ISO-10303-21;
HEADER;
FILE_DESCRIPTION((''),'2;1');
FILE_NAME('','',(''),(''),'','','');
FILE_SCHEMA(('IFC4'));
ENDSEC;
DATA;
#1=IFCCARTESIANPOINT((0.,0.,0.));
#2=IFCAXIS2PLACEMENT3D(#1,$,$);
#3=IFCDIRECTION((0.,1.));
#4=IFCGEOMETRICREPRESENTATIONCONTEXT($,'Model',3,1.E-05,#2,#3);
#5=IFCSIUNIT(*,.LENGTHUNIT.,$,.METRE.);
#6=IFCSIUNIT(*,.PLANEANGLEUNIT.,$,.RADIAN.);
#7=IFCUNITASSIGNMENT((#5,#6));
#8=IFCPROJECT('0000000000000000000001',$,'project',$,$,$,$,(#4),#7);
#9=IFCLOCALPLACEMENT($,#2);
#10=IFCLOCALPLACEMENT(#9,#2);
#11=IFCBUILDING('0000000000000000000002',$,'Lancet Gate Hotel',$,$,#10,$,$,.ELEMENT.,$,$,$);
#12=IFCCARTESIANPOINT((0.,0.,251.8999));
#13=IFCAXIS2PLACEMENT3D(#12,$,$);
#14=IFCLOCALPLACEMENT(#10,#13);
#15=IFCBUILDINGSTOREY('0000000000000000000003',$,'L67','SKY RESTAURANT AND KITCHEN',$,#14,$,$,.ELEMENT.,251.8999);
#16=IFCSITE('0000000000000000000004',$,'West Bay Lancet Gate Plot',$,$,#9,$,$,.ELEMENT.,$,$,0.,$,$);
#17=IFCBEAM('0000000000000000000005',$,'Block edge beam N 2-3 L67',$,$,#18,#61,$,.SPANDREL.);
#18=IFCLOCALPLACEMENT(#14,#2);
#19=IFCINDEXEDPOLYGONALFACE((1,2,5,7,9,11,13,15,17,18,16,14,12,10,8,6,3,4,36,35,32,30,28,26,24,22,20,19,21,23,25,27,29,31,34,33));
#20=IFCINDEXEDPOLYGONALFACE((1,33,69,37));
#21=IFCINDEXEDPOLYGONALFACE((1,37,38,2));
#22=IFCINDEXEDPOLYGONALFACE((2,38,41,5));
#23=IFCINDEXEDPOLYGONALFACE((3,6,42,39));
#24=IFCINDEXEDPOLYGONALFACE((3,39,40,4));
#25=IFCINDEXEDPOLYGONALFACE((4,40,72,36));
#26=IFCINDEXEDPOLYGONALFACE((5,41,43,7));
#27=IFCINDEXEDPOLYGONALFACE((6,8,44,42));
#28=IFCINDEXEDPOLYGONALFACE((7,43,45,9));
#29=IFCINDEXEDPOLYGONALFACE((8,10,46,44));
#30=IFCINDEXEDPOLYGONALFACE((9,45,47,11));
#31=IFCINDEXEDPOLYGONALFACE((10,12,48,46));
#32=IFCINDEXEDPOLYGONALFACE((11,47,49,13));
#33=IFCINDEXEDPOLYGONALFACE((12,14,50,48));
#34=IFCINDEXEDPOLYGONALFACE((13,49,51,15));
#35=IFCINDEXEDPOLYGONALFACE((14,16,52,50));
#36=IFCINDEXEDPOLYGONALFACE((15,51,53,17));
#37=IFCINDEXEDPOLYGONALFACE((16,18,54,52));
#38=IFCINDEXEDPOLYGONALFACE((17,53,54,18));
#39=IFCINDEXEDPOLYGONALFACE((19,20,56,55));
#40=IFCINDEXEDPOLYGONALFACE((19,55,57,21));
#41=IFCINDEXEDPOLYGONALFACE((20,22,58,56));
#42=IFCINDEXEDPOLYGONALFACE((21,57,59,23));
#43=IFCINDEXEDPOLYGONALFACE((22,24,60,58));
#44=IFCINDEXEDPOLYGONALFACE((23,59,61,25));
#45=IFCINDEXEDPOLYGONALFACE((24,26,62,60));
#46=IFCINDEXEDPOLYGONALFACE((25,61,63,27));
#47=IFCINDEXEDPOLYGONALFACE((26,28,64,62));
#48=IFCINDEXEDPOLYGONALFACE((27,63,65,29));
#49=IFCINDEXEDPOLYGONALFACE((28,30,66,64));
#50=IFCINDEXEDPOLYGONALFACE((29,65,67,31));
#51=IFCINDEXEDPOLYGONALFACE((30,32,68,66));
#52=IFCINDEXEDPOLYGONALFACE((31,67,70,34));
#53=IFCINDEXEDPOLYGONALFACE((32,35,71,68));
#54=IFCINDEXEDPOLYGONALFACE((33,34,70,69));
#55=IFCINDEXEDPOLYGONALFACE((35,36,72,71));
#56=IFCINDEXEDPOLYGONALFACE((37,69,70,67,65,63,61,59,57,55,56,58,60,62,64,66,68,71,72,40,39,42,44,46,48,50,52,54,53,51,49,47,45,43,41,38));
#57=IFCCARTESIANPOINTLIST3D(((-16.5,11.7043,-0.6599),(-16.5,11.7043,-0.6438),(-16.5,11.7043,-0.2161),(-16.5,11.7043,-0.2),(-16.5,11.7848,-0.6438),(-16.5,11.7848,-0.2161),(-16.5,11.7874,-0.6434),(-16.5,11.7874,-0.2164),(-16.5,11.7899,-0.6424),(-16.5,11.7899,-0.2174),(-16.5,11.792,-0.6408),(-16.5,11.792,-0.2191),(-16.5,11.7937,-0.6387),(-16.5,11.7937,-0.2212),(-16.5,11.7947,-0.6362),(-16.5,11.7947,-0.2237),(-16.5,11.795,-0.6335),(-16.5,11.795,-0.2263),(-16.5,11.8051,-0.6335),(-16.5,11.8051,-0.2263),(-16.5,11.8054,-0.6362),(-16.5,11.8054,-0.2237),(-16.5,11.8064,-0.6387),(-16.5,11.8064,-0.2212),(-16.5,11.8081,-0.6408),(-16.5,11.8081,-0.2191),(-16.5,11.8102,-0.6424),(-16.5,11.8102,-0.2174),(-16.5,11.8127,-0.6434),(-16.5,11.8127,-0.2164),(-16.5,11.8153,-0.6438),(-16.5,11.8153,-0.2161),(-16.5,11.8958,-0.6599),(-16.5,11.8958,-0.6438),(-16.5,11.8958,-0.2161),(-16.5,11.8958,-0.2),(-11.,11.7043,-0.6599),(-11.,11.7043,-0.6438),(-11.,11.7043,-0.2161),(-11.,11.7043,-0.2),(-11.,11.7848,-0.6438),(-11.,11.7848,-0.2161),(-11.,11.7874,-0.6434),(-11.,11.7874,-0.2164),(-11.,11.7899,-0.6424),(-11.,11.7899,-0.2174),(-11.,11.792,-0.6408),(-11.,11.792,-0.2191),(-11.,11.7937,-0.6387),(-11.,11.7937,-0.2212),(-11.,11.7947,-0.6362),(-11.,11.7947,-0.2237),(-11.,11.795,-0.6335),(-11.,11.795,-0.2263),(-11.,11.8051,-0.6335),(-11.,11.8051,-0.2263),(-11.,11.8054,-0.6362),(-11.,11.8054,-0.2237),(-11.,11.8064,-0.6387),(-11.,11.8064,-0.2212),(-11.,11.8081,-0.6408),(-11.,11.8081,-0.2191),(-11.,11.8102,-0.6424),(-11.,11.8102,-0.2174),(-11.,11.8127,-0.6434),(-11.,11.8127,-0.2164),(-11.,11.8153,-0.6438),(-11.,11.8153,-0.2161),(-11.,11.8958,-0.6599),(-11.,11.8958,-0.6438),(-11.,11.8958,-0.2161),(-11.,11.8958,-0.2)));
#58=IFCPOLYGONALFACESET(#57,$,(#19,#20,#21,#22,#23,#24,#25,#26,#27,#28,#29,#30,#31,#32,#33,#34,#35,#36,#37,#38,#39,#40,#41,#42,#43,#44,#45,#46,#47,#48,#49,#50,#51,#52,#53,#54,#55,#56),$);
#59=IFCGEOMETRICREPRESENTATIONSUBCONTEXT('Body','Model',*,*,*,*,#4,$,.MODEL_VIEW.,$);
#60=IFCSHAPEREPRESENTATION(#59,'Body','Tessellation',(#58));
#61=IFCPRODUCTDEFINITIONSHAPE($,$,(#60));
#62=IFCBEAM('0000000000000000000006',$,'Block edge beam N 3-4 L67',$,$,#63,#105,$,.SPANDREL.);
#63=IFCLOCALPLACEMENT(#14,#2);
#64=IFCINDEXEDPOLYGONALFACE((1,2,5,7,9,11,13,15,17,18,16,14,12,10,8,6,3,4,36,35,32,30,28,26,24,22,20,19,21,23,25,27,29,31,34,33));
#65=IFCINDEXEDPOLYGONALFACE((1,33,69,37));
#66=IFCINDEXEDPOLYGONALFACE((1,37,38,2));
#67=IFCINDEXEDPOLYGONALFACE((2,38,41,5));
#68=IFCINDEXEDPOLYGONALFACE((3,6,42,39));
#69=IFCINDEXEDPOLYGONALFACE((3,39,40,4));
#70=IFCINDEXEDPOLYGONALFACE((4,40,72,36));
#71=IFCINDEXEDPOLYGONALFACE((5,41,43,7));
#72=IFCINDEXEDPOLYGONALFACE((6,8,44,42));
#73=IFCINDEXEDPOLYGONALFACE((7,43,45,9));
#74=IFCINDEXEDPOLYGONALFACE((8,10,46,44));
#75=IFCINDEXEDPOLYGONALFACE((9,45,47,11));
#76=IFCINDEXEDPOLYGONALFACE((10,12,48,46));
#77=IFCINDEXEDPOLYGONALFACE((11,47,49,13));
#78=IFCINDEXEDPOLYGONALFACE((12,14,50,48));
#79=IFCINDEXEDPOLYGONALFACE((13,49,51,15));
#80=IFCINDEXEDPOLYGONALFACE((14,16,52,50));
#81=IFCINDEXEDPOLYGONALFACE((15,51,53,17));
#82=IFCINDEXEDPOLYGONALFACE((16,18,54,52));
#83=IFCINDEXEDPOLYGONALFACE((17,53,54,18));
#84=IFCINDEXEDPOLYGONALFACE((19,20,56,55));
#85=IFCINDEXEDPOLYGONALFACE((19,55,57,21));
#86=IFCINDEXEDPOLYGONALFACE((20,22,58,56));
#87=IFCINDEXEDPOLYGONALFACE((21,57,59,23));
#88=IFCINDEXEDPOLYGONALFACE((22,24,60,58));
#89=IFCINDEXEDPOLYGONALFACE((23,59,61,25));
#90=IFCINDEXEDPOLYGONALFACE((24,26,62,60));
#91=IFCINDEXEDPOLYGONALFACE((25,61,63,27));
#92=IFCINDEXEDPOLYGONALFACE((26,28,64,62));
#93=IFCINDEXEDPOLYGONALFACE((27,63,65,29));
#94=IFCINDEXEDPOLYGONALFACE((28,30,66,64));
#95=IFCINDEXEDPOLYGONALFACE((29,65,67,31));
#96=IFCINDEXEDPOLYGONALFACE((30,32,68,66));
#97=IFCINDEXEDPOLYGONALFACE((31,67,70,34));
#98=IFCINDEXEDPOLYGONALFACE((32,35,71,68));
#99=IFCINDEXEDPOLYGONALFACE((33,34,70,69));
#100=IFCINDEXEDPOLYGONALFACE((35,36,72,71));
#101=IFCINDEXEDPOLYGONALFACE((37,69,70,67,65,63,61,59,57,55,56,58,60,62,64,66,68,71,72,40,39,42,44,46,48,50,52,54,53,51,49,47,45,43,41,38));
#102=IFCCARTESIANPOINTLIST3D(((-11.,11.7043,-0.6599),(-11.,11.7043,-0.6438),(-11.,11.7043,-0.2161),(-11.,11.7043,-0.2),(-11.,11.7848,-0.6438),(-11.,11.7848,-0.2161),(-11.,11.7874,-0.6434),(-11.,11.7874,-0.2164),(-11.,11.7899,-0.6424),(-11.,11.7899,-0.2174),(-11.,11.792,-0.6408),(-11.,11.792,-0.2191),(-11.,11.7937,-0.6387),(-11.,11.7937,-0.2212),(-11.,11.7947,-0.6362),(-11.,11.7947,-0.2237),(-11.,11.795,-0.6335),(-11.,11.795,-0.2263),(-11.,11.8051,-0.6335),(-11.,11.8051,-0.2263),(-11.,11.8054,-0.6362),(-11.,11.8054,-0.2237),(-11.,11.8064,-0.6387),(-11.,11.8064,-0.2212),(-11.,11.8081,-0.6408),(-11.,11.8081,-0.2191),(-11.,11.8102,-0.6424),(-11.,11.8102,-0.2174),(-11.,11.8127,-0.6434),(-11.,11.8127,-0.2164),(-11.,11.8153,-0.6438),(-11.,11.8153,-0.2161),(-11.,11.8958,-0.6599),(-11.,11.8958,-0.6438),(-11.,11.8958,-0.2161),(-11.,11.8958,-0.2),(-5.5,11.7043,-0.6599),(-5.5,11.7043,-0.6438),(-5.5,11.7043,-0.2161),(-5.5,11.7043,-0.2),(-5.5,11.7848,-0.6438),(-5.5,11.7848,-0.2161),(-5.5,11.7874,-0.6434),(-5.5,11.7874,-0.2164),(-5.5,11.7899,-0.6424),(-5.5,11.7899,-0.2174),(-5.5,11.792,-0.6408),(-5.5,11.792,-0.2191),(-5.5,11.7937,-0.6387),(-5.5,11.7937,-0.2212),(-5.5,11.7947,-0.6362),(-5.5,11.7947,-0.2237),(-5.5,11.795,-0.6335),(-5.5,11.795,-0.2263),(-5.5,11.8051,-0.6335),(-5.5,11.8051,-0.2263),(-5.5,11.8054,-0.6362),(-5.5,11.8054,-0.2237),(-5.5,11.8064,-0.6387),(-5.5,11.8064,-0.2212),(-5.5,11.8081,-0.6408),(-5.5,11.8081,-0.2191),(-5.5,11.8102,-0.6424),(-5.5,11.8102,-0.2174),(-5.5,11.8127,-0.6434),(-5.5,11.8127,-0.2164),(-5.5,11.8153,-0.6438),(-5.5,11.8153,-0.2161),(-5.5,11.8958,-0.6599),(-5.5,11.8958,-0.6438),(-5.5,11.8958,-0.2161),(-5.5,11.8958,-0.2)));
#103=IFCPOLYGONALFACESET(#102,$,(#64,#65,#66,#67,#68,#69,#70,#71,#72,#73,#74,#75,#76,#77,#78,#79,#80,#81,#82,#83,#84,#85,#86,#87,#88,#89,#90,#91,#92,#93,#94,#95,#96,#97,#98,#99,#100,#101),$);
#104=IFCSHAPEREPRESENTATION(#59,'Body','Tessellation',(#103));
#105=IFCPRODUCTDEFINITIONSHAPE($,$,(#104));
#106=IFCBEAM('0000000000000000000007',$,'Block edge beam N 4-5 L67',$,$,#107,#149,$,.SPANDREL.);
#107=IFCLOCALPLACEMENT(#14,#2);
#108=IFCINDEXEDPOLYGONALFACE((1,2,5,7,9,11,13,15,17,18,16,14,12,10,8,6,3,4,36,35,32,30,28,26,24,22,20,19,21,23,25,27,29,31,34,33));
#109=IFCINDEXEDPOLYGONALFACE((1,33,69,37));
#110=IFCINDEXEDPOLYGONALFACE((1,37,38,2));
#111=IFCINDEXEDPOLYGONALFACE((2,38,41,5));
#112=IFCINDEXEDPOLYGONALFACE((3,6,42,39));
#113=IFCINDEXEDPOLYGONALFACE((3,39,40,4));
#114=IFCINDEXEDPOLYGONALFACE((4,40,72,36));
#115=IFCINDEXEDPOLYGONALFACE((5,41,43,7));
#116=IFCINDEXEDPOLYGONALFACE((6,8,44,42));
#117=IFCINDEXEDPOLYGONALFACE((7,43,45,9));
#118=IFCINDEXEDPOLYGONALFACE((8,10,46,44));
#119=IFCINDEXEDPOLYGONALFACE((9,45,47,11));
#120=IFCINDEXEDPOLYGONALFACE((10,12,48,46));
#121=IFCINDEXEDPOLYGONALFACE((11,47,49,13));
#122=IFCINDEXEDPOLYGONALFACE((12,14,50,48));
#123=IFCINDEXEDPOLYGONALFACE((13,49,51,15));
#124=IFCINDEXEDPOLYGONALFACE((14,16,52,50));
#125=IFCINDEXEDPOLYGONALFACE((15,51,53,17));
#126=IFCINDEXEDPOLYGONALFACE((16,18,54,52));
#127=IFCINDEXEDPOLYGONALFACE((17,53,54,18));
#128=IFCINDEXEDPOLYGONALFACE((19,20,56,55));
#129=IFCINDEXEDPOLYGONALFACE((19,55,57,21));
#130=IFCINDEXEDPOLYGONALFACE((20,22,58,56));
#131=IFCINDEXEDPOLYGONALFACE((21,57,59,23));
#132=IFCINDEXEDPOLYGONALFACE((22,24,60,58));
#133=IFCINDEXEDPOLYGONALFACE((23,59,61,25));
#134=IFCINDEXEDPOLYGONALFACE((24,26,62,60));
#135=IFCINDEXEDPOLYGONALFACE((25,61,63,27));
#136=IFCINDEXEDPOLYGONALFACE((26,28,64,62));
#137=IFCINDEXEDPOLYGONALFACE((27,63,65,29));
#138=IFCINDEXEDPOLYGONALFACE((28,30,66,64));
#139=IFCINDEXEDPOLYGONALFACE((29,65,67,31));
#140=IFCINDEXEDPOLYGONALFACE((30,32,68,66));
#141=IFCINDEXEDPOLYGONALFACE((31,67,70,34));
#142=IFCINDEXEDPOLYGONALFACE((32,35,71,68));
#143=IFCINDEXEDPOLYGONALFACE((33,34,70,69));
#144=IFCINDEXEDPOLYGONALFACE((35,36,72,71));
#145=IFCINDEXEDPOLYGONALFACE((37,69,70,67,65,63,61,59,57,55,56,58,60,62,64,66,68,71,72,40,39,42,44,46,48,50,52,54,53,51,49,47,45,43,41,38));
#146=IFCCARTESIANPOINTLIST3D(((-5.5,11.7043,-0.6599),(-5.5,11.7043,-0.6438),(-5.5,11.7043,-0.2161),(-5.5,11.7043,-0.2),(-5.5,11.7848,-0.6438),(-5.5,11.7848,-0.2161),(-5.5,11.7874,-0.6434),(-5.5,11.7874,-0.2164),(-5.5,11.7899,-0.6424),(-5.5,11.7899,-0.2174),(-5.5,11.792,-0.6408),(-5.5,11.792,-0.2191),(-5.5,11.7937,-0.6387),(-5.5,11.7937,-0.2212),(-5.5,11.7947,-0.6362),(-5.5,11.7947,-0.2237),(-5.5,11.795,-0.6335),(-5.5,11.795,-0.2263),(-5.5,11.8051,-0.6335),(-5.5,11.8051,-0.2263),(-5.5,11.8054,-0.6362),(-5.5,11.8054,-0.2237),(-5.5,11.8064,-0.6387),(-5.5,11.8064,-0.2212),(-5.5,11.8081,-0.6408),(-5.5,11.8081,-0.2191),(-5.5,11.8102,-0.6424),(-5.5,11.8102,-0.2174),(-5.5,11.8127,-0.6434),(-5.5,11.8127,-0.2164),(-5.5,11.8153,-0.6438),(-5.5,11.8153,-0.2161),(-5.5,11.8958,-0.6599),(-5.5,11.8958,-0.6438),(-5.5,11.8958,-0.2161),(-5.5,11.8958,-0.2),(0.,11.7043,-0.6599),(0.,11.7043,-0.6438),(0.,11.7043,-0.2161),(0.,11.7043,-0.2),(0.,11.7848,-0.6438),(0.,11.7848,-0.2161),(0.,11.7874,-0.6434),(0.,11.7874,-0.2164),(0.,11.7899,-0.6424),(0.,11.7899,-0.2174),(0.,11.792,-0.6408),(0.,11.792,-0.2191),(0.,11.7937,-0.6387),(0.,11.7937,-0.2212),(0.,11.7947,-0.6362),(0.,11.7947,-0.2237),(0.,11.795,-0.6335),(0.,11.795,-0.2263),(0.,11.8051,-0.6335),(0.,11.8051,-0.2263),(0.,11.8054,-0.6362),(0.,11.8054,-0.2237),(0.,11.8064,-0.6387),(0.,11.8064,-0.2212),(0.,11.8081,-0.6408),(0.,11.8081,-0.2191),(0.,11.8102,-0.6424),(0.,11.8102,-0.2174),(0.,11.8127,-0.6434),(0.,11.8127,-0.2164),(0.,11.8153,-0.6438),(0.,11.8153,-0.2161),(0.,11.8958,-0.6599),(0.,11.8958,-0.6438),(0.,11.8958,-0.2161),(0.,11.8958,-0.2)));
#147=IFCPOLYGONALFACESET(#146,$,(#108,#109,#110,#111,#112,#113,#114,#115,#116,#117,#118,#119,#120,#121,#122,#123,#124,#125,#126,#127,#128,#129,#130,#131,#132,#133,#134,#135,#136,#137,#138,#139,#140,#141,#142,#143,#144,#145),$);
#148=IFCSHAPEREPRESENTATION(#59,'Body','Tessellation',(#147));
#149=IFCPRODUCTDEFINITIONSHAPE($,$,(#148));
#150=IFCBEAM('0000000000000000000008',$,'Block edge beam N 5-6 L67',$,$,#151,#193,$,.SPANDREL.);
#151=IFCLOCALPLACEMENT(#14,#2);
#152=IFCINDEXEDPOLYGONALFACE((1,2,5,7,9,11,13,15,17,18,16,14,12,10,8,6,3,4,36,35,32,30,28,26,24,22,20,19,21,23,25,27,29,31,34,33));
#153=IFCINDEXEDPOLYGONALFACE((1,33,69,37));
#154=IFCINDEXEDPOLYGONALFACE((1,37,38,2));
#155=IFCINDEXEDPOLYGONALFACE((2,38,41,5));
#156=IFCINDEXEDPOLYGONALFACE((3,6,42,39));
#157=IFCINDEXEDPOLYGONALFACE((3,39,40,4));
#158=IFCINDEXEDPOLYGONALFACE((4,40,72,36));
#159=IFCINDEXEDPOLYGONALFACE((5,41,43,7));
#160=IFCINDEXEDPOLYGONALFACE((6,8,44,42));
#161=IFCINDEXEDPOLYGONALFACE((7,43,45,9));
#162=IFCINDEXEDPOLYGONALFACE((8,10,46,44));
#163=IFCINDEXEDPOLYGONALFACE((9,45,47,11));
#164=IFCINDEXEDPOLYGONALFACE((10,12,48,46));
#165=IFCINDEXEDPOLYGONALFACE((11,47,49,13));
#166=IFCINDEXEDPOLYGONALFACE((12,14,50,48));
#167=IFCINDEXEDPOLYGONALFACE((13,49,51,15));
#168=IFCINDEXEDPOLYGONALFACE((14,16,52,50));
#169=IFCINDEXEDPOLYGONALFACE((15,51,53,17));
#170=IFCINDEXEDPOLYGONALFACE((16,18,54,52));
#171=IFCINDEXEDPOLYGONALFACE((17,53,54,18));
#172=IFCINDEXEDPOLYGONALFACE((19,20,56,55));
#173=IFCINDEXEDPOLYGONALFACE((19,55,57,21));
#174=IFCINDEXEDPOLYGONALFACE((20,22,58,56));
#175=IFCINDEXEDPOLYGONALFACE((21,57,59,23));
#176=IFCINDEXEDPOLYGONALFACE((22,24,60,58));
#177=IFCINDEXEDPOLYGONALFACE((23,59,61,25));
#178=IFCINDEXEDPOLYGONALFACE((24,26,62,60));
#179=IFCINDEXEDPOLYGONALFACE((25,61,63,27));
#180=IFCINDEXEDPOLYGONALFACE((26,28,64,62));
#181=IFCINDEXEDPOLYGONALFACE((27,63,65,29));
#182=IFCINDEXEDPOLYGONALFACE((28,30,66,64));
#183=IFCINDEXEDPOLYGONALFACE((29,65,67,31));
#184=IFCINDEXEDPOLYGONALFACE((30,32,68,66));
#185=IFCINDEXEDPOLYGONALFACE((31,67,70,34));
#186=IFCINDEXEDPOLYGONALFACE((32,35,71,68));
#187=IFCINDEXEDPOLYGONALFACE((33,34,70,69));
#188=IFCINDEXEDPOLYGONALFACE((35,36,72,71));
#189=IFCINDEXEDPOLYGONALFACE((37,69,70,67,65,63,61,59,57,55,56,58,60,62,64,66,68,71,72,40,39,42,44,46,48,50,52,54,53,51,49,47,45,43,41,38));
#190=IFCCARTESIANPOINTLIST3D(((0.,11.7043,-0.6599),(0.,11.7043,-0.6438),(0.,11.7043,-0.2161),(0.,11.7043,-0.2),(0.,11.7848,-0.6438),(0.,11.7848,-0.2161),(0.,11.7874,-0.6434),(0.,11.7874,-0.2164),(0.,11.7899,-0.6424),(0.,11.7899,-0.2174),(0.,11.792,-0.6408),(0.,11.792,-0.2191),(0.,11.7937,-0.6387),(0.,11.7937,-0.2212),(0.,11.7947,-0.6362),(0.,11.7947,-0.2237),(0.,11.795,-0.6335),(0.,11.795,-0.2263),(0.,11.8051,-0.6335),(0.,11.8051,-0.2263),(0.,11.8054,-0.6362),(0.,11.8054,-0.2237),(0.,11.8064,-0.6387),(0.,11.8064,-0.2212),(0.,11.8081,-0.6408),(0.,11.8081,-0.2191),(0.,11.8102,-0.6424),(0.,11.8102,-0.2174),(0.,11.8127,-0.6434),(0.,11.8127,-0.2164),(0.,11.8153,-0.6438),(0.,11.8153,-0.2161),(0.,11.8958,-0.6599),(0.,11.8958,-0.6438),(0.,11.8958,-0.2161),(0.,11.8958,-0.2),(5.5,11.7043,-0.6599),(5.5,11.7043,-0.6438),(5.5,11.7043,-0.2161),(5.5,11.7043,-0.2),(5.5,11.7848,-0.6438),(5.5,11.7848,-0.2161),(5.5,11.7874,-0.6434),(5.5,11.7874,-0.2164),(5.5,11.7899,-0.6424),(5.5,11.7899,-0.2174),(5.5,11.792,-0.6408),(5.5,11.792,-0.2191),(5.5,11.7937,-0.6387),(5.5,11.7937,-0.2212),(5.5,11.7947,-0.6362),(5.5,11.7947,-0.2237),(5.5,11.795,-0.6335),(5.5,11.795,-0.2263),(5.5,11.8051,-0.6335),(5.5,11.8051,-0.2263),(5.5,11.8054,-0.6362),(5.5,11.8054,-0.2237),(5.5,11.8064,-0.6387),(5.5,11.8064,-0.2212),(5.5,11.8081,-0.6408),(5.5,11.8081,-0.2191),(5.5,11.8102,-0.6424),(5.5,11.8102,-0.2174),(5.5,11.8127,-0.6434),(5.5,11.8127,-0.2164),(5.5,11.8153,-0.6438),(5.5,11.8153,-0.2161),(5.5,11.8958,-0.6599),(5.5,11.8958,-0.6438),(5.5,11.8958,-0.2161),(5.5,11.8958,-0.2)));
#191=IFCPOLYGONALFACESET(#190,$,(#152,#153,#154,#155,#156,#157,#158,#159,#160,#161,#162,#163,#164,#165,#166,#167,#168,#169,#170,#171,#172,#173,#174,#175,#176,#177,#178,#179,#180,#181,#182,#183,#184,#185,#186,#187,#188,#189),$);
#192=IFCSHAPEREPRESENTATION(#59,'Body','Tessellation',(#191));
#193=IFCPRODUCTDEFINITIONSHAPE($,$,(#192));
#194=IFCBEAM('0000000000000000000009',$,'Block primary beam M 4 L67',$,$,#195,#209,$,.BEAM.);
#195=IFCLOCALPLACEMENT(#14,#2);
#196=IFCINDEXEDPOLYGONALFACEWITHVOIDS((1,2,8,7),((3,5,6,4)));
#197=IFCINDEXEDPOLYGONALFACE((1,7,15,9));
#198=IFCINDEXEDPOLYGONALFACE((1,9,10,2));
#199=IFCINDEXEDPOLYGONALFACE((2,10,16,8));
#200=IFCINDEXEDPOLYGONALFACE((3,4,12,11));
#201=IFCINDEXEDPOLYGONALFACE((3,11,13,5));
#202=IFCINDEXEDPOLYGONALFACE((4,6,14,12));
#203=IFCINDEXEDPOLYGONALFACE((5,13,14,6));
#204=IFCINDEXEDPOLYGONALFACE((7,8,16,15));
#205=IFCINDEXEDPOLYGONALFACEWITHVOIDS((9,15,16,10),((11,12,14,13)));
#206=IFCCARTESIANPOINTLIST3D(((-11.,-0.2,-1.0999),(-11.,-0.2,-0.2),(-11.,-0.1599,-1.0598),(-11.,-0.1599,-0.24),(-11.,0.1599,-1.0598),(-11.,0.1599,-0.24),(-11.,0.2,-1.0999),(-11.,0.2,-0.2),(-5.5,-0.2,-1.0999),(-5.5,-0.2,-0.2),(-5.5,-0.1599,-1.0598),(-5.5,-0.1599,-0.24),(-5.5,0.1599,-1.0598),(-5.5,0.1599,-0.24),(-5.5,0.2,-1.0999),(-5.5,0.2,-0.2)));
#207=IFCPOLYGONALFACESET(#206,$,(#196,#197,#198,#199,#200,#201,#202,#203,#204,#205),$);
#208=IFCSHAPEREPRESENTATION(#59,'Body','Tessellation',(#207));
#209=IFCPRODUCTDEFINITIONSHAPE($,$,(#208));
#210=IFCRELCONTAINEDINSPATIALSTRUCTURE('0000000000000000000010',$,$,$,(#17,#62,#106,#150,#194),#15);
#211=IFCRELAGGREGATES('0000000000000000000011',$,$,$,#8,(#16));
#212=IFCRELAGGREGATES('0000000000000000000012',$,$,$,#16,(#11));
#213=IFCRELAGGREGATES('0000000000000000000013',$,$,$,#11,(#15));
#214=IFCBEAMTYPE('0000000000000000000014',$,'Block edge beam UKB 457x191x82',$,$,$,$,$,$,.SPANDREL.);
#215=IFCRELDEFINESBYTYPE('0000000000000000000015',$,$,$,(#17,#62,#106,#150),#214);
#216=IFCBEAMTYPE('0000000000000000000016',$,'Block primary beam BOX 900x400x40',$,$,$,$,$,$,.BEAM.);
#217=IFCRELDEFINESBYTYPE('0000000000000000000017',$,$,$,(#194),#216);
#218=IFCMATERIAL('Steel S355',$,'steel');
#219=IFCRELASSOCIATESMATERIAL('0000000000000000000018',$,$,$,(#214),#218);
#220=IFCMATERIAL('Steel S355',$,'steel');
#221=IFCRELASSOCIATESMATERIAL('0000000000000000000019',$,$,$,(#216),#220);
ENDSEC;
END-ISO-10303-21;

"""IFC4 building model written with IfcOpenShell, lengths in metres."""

from ifc_helpers import new_model, si_unit, direction, frame, origin, origin_2d, place, context, subcontext, project, spatial, hollow_rectangle, i_section, extrude, material, material_profile, profile_set, type_object, element, save


model = new_model("IFC4")

# Units and contexts
model_context = context("Model", 3, precision=1e-05, world=origin(), true_north=direction((0.0, 1.0)))
body_context = subcontext(model_context, "Body", "Model", "MODEL_VIEW")
ifc_project = project(units=[si_unit("LENGTHUNIT", "METRE"), si_unit("PLANEANGLEUNIT", "RADIAN")], contexts=[model_context])

# Site, building, storey
site_placement = place(None, origin())
site = spatial("IfcSite", under=ifc_project, at=site_placement, Name="West Bay Lancet Gate Plot", CompositionType="ELEMENT", RefElevation=0.0)
building_placement = place(site_placement, origin())
building = spatial("IfcBuilding", under=site, at=building_placement, Name="Lancet Gate Hotel", CompositionType="ELEMENT")
storey_placement = place(building_placement, frame((0.0, 0.0, 251.8999)))
storey = spatial("IfcBuildingStorey", under=building, at=storey_placement, Name="L67", Description="SKY RESTAURANT AND KITCHEN", CompositionType="ELEMENT", Elevation=251.8999)

# Beams
ifc_material_1 = material(Name="Steel S355", Category="steel")
ifc_material_profile_1 = material_profile(ifc_material_1, i_section(OverallWidth=0.1914, OverallDepth=0.46, WebThickness=0.01, FlangeThickness=0.0161, FilletRadius=0.0103, at=origin_2d()), Name="UKB 457x191x82")
ifc_profile_set_1 = profile_set([ifc_material_profile_1], Name="Steel S355")
beam_type_1 = type_object("IfcBeamType", Name="Block edge beam UKB 457x191x82", PredefinedType="SPANDREL", material=ifc_profile_set_1)
for number, where, z_axis, x_axis, name in (
    (1, (-16.5, 11.8, -0.4299), (1.0, 0.0, 0.0), (0.0, 1.0, 0.0), "Block edge beam N 2-3 L67"),
    (2, (-11.0, 11.8, -0.4299), (1.0, 0.0, 0.0), (0.0, 1.0, 0.0), "Block edge beam N 3-4 L67"),
    (3, (-5.5, 11.8, -0.4299), (1.0, 0.0, 0.0), (0.0, 1.0, 0.0), "Block edge beam N 4-5 L67"),
    (4, (0.0, 11.8, -0.4299), (1.0, 0.0, 0.0), (0.0, 1.0, 0.0), "Block edge beam N 5-6 L67"),
):
    element("IfcBeam", number, at=place(storey_placement, frame(where, z_axis=z_axis, x_axis=x_axis)), inside=storey, type_object=beam_type_1, Name=name, PredefinedType="SPANDREL", context=body_context, shape_type="SweptSolid", body=[
        extrude(i_section(OverallWidth=0.1914, OverallDepth=0.46, WebThickness=0.01, FlangeThickness=0.0161, FilletRadius=0.0103, at=origin_2d()), origin(), (0.0, 0.0, 1.0), 5.5),
    ])
ifc_material_2 = material(Name="Steel S355", Category="steel")
ifc_material_profile_2 = material_profile(ifc_material_2, hollow_rectangle(XDim=0.3999, YDim=0.8999, WallThickness=0.04, at=origin_2d()), Name="BOX 900x400x40")
ifc_profile_set_2 = profile_set([ifc_material_profile_2], Name="Steel S355")
beam_type_2 = type_object("IfcBeamType", Name="Block primary beam BOX 900x400x40", PredefinedType="BEAM", material=ifc_profile_set_2)
for number, where, z_axis, x_axis, name in (
    (5, (-11.0, 0.0, -0.6499), (1.0, 0.0, 0.0), (0.0, 1.0, 0.0), "Block primary beam M 4 L67"),
):
    element("IfcBeam", number, at=place(storey_placement, frame(where, z_axis=z_axis, x_axis=x_axis)), inside=storey, type_object=beam_type_2, Name=name, PredefinedType="BEAM", context=body_context, shape_type="SweptSolid", body=[
        extrude(hollow_rectangle(XDim=0.3999, YDim=0.8999, WallThickness=0.04, at=origin_2d()), origin(), (0.0, 0.0, 1.0), 5.5),
    ])

save(model, "model.ifc")
